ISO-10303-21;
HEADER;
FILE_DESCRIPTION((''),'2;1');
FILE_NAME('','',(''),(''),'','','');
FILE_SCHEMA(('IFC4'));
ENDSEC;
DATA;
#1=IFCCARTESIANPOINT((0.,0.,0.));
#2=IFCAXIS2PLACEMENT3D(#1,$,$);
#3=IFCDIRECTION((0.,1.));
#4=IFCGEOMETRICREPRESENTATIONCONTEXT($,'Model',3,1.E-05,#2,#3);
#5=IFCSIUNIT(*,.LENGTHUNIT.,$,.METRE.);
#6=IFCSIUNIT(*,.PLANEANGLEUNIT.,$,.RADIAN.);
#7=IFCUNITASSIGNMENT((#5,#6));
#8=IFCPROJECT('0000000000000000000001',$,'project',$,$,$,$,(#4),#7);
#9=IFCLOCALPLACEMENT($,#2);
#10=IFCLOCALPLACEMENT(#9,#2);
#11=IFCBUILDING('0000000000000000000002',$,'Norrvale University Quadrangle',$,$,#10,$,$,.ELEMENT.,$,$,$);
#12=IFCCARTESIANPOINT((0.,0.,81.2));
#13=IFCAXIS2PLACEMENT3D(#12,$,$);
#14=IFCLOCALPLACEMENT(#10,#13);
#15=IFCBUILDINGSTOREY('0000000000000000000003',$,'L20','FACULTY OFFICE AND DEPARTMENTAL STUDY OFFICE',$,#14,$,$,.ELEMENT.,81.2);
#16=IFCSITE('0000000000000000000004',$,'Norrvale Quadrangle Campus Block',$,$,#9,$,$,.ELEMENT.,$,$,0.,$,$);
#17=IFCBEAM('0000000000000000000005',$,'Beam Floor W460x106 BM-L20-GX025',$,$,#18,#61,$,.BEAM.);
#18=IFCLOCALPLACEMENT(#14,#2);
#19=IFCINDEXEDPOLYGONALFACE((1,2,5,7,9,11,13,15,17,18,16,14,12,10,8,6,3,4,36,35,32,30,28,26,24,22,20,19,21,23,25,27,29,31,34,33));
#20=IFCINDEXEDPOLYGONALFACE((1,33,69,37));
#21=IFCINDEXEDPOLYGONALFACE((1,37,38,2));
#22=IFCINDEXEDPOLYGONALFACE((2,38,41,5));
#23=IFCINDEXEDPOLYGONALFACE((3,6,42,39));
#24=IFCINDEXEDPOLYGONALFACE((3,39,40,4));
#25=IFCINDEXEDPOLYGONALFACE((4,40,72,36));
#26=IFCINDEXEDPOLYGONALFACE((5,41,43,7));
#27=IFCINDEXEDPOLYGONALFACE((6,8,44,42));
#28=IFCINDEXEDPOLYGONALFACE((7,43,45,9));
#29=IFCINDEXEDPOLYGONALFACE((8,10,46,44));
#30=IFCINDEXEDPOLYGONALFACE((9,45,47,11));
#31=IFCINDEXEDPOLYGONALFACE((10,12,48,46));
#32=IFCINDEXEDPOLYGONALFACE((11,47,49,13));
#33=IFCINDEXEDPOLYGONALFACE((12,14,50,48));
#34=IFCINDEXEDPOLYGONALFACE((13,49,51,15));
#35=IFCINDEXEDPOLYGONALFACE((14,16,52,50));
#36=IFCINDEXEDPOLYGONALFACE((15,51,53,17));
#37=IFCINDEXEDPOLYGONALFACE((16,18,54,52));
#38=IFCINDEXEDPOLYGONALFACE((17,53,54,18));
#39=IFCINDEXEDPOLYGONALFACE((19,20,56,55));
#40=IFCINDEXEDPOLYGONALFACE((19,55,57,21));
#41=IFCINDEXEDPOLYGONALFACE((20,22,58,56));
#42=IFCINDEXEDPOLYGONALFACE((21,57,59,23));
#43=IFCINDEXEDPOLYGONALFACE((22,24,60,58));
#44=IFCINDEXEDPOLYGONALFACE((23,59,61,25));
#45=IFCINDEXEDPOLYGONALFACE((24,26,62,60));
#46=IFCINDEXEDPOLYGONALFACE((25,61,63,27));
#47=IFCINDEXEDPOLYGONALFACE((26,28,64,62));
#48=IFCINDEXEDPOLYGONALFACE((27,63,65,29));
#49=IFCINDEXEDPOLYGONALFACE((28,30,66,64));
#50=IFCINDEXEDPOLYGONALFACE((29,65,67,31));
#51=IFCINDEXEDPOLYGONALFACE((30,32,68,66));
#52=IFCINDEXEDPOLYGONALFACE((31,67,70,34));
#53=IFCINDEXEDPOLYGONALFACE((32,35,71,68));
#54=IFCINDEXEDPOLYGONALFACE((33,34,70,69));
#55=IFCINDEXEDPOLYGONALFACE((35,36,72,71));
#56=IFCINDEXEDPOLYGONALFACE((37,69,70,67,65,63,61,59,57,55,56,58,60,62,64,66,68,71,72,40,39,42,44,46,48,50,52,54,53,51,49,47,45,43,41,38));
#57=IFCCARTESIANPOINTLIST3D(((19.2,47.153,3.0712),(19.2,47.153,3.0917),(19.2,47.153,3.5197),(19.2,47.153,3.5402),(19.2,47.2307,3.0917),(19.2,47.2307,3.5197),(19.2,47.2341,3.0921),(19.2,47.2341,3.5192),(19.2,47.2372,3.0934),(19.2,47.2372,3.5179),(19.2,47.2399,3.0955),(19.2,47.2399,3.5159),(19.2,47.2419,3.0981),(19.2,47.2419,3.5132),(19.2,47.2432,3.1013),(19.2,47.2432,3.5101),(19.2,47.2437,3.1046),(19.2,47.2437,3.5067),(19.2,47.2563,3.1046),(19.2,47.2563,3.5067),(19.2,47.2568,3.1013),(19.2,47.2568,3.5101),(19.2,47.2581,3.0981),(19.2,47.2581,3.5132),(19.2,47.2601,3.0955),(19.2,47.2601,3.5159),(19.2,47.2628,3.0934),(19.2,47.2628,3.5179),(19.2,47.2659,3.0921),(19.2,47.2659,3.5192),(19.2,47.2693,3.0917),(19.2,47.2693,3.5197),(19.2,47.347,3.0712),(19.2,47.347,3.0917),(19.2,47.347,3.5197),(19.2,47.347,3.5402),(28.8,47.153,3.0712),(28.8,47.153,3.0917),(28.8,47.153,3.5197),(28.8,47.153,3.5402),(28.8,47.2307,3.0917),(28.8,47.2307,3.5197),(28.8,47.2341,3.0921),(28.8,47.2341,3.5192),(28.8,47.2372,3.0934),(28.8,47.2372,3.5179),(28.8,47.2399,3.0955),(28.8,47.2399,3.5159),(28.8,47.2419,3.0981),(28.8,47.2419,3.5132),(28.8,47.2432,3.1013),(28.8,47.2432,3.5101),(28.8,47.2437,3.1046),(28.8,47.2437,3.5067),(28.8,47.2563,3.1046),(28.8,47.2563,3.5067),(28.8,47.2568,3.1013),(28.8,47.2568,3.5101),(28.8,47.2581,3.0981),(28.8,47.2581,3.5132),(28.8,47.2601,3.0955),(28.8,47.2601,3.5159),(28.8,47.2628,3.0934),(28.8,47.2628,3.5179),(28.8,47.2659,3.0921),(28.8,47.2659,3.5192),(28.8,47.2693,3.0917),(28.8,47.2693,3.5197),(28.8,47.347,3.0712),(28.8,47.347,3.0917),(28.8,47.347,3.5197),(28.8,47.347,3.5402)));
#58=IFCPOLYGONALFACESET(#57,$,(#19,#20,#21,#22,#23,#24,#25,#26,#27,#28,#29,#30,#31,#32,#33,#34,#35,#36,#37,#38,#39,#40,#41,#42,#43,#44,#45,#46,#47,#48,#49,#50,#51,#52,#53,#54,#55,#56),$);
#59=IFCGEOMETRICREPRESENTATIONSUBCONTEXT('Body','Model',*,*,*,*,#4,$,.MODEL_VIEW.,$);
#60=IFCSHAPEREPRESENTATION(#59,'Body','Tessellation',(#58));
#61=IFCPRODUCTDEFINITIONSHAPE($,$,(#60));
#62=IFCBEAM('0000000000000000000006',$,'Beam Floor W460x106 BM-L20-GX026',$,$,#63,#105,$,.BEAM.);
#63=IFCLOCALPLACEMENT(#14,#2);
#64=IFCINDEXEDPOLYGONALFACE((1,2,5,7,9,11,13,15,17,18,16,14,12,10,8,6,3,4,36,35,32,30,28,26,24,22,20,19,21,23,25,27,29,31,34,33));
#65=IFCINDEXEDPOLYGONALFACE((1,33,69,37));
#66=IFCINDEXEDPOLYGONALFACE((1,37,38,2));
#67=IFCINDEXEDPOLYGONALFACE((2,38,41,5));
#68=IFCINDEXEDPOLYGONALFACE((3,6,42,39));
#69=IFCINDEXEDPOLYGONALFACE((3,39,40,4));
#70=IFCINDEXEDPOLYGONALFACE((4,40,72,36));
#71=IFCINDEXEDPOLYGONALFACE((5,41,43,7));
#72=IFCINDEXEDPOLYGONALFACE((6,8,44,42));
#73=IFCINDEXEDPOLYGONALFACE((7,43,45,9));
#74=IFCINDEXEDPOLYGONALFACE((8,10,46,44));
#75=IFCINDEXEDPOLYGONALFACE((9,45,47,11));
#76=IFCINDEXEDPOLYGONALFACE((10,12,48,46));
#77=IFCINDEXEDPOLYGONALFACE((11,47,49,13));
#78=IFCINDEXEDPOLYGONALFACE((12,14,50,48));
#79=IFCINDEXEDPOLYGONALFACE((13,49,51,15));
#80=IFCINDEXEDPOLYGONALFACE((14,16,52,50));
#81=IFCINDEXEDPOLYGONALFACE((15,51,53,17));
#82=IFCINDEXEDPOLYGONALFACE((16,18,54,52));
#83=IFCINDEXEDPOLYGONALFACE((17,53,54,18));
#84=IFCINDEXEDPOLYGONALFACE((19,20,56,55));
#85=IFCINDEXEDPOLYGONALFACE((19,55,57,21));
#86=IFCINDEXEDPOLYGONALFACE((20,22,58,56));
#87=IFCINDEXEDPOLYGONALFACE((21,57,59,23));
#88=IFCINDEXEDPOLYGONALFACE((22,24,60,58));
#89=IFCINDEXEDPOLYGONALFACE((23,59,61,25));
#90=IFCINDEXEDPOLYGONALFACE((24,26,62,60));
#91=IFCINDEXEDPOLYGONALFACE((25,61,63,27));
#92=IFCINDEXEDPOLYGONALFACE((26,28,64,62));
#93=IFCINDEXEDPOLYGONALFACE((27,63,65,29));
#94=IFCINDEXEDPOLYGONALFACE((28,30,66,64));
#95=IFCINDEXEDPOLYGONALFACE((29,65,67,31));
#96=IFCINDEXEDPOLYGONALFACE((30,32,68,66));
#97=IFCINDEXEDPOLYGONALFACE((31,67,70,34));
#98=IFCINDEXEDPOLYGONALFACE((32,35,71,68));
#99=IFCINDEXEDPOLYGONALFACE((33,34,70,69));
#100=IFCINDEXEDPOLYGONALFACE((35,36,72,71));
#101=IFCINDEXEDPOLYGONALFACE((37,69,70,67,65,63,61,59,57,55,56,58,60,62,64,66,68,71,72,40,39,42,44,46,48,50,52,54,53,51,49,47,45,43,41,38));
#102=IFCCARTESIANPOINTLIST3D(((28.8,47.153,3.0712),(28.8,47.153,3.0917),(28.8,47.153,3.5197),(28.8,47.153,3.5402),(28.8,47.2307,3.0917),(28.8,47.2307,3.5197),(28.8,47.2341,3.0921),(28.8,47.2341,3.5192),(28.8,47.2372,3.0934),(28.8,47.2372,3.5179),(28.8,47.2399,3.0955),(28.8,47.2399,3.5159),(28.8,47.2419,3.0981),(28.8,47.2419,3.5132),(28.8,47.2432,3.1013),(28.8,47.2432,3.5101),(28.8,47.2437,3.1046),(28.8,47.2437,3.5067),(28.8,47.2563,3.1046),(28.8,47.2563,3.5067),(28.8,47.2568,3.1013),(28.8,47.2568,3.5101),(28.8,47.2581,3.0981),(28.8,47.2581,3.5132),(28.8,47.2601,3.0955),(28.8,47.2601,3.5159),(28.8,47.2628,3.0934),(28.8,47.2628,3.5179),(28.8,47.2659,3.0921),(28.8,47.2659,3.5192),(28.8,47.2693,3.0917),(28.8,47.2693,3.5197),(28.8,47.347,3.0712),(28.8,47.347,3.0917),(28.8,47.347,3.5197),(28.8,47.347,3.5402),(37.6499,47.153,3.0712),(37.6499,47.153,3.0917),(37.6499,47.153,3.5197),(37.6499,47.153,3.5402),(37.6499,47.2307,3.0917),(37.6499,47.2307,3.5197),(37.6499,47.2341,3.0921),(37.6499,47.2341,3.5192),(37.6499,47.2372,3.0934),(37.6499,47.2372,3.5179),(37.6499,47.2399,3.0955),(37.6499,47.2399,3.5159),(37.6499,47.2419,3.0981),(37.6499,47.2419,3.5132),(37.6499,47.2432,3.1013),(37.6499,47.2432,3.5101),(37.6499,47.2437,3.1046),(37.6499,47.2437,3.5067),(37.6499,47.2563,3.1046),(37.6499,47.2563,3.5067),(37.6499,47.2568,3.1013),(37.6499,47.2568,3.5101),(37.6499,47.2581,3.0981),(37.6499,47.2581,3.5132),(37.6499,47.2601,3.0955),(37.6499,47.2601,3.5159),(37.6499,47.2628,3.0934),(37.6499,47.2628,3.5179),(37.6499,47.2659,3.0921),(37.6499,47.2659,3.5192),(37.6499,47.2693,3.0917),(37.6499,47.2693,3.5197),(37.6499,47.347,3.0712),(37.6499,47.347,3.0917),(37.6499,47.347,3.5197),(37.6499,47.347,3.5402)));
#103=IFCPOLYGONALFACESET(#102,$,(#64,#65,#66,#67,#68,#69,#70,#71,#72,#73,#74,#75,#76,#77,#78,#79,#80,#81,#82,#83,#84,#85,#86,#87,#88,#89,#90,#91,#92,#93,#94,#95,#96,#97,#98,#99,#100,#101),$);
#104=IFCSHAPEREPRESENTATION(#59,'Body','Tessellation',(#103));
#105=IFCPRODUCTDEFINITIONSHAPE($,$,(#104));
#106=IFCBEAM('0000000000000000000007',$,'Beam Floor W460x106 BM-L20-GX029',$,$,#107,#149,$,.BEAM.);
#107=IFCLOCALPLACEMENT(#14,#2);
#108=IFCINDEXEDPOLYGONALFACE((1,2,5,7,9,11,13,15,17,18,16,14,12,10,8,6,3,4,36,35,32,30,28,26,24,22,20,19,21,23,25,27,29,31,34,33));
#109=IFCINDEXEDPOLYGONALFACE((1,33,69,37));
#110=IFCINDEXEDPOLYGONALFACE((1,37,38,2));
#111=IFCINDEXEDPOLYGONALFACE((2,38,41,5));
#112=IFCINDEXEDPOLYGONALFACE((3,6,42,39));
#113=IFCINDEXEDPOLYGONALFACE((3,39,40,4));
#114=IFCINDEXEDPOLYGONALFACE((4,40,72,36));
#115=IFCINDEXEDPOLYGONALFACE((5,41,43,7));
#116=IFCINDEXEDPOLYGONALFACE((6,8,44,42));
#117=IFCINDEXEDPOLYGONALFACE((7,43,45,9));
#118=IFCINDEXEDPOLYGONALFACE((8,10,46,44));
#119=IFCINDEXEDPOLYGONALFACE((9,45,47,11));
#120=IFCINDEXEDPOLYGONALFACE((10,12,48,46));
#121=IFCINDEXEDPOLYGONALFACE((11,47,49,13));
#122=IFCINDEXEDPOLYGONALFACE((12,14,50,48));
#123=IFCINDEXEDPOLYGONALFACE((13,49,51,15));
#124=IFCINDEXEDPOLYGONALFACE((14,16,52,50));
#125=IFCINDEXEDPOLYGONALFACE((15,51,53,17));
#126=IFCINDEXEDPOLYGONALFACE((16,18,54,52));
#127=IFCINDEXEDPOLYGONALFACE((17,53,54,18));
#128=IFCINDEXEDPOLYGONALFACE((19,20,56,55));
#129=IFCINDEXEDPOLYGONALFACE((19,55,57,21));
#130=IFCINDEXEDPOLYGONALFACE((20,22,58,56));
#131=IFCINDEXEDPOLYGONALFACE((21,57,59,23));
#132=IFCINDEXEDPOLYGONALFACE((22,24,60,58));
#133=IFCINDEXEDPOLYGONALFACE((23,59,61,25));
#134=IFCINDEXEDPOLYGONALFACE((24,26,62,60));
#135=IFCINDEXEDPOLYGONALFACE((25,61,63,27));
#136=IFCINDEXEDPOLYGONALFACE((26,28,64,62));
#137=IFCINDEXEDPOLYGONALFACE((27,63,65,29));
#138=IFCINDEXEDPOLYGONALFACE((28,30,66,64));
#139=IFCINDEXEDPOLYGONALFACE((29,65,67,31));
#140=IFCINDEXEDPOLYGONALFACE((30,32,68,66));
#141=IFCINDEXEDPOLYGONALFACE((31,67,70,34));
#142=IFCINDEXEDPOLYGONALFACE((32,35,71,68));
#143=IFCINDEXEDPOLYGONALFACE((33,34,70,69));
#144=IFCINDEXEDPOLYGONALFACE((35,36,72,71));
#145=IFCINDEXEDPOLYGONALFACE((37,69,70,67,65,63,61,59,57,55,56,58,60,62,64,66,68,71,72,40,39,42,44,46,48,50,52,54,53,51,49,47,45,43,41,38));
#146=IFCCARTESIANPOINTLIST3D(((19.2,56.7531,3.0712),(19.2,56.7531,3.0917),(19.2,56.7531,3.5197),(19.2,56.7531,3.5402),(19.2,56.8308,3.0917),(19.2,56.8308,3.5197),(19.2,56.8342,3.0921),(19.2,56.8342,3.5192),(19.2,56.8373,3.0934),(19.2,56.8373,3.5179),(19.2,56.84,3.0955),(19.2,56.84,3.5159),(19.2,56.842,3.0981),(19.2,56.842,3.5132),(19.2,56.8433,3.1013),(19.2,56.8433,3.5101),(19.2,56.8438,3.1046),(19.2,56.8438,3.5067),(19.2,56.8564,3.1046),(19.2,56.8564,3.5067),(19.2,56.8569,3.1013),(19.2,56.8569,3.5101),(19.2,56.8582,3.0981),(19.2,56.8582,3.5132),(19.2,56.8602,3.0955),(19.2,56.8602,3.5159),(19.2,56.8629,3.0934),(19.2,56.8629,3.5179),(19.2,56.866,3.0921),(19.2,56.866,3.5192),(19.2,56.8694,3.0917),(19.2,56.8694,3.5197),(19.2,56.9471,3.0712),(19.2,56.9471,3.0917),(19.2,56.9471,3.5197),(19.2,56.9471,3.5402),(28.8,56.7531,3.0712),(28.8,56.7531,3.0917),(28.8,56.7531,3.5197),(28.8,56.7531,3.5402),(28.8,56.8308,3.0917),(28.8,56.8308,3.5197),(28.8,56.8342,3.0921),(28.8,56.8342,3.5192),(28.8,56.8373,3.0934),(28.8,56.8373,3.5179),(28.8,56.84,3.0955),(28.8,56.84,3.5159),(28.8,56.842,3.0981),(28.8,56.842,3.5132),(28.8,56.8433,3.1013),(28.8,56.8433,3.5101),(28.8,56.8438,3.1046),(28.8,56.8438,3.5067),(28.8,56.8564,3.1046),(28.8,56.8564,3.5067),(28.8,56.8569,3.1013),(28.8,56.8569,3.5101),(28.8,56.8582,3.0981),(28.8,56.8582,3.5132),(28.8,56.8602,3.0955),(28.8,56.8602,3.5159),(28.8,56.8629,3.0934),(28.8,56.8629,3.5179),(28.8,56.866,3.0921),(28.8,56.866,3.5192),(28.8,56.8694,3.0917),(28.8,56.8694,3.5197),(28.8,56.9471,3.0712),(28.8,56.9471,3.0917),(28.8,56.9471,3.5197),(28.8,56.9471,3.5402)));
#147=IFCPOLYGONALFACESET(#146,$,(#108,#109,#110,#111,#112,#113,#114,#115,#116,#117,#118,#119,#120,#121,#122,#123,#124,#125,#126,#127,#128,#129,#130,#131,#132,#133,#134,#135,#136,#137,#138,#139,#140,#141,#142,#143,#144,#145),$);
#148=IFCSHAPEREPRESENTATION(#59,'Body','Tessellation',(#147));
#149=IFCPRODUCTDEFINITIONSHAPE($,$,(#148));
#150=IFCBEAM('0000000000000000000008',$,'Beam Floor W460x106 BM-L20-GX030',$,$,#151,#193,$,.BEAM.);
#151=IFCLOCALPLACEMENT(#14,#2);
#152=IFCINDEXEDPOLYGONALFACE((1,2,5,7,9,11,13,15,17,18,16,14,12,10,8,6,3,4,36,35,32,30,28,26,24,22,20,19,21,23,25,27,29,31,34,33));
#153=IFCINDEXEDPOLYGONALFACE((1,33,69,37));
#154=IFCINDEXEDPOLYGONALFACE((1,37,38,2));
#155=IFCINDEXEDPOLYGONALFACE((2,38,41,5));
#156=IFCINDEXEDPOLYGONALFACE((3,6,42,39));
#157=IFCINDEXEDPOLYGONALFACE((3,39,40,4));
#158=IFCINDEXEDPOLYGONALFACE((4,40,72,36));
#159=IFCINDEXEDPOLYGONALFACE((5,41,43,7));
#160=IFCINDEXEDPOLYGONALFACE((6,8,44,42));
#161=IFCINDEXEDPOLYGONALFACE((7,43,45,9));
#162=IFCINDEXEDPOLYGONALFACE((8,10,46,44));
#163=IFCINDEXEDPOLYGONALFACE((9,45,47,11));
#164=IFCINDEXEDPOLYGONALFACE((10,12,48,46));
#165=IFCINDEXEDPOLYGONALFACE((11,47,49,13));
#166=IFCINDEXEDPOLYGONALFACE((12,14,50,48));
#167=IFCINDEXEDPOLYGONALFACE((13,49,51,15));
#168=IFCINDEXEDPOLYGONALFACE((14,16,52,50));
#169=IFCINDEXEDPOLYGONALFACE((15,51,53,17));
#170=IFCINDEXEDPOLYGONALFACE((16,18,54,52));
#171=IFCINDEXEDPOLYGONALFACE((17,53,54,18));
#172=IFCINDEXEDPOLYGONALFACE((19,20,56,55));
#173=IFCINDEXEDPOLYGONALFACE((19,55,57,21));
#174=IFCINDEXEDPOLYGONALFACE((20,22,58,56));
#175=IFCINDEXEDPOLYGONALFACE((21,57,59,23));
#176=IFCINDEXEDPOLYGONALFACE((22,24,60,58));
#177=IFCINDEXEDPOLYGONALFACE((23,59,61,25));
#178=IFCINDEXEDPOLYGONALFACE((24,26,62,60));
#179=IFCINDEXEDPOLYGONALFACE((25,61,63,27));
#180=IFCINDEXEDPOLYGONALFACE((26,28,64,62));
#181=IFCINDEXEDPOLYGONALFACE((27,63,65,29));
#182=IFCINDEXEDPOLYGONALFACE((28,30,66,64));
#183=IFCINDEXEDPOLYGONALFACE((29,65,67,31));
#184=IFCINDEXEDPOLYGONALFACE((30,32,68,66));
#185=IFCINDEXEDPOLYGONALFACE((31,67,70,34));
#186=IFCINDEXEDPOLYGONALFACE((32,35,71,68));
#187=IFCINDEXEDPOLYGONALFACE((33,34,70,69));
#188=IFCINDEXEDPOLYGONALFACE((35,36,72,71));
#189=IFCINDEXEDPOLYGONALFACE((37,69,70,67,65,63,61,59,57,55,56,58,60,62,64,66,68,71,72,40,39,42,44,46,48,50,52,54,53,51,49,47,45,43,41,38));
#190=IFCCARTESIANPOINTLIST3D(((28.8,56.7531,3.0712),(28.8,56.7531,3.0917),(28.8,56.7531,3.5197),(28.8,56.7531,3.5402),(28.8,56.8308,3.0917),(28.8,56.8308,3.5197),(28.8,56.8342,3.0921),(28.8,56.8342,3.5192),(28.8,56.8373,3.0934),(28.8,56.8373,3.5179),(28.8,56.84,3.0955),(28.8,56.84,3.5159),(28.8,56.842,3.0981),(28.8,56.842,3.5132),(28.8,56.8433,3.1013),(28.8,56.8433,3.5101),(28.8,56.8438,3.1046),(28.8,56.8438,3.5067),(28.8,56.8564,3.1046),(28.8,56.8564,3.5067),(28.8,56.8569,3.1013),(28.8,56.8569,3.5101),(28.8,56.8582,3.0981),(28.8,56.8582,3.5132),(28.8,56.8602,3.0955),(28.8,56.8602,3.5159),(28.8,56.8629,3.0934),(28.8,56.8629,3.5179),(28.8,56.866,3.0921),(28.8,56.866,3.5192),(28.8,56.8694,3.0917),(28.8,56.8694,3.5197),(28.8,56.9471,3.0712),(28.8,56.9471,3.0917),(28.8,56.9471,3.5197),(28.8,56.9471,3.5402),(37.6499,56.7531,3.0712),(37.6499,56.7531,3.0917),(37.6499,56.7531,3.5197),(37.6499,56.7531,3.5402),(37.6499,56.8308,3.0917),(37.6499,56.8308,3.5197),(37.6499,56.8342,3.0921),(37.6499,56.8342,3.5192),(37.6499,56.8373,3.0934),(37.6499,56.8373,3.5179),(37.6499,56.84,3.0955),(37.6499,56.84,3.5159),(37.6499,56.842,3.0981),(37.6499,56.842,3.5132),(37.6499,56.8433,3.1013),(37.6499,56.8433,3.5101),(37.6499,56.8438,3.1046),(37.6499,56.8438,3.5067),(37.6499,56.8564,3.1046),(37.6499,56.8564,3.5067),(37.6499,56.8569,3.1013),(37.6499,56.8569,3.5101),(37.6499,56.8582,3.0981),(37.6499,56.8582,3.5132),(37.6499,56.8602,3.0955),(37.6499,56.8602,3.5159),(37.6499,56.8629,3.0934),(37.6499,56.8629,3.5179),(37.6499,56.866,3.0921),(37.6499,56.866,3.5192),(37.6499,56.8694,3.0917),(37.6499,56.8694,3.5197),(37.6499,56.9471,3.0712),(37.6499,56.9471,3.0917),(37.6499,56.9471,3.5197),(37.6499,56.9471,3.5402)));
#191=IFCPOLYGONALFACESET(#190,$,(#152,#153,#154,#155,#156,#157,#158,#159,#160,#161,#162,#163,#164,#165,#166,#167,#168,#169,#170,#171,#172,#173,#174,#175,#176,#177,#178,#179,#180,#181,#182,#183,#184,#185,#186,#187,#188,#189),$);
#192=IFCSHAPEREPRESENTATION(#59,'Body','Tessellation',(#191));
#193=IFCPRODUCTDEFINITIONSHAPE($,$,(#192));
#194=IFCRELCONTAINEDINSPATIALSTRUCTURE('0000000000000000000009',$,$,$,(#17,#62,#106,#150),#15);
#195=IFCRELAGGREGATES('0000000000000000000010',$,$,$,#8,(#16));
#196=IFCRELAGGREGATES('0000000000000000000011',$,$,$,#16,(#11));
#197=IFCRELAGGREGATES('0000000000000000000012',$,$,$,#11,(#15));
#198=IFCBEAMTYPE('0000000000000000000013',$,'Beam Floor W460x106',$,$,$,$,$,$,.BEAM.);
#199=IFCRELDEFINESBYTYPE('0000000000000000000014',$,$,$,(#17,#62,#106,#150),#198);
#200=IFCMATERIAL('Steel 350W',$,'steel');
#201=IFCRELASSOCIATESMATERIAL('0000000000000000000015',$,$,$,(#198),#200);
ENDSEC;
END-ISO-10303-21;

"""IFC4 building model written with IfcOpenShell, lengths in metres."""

from ifc_helpers import new_model, si_unit, direction, frame, origin, origin_2d, place, context, subcontext, project, spatial, i_section, extrude, material, material_profile, profile_set, type_object, element, save


model = new_model("IFC4")

# Units and contexts
model_context = context("Model", 3, precision=1e-05, world=origin(), true_north=direction((0.0, 1.0)))
body_context = subcontext(model_context, "Body", "Model", "MODEL_VIEW")
ifc_project = project(units=[si_unit("LENGTHUNIT", "METRE"), si_unit("PLANEANGLEUNIT", "RADIAN")], contexts=[model_context])

# Site, building, storey
site_placement = place(None, origin())
site = spatial("IfcSite", under=ifc_project, at=site_placement, Name="Norrvale Quadrangle Campus Block", CompositionType="ELEMENT", RefElevation=0.0)
building_placement = place(site_placement, origin())
building = spatial("IfcBuilding", under=site, at=building_placement, Name="Norrvale University Quadrangle", CompositionType="ELEMENT")
storey_placement = place(building_placement, frame((0.0, 0.0, 81.2)))
storey = spatial("IfcBuildingStorey", under=building, at=storey_placement, Name="L20", Description="FACULTY OFFICE AND DEPARTMENTAL STUDY OFFICE", CompositionType="ELEMENT", Elevation=81.2)

# Beams
ifc_material_1 = material(Name="Steel 350W", Category="steel")
ifc_material_profile_1 = material_profile(ifc_material_1, i_section(OverallWidth=0.1941, OverallDepth=0.469, WebThickness=0.0127, FlangeThickness=0.0205, FilletRadius=0.0129, at=origin_2d()), Name="Steel 350W")
ifc_profile_set_1 = profile_set([ifc_material_profile_1], Name="Steel 350W")
beam_type_1 = type_object("IfcBeamType", Name="Beam Floor W460x106", PredefinedType="BEAM", material=ifc_profile_set_1)
beam_1_placement = place(storey_placement, frame((19.2, 47.25, 3.3057), z_axis=(1.0, 0.0, 0.0), x_axis=(0.0, 1.0, 0.0)))
element("IfcBeam", 1, at=beam_1_placement, inside=storey, type_object=beam_type_1, Name="Beam Floor W460x106 BM-L20-GX025", PredefinedType="BEAM", context=body_context, shape_type="SweptSolid", body=[
    extrude(i_section(OverallWidth=0.1941, OverallDepth=0.469, WebThickness=0.0127, FlangeThickness=0.0205, FilletRadius=0.0129, at=origin_2d()), origin(), (0.0, 0.0, 1.0), 9.6001),
])
beam_2_placement = place(storey_placement, frame((28.8, 47.25, 3.3057), z_axis=(1.0, 0.0, 0.0), x_axis=(0.0, 1.0, 0.0)))
element("IfcBeam", 2, at=beam_2_placement, inside=storey, type_object=beam_type_1, Name="Beam Floor W460x106 BM-L20-GX026", PredefinedType="BEAM", context=body_context, shape_type="SweptSolid", body=[
    extrude(i_section(OverallWidth=0.1941, OverallDepth=0.469, WebThickness=0.0127, FlangeThickness=0.0205, FilletRadius=0.0129, at=origin_2d()), origin(), (0.0, 0.0, 1.0), 8.8499),
])
beam_3_placement = place(storey_placement, frame((19.2, 56.8501, 3.3057), z_axis=(1.0, 0.0, 0.0), x_axis=(0.0, 1.0, 0.0)))
element("IfcBeam", 3, at=beam_3_placement, inside=storey, type_object=beam_type_1, Name="Beam Floor W460x106 BM-L20-GX029", PredefinedType="BEAM", context=body_context, shape_type="SweptSolid", body=[
    extrude(i_section(OverallWidth=0.1941, OverallDepth=0.469, WebThickness=0.0127, FlangeThickness=0.0205, FilletRadius=0.0129, at=origin_2d()), origin(), (0.0, 0.0, 1.0), 9.6001),
])
beam_4_placement = place(storey_placement, frame((28.8, 56.8501, 3.3057), z_axis=(1.0, 0.0, 0.0), x_axis=(0.0, 1.0, 0.0)))
element("IfcBeam", 4, at=beam_4_placement, inside=storey, type_object=beam_type_1, Name="Beam Floor W460x106 BM-L20-GX030", PredefinedType="BEAM", context=body_context, shape_type="SweptSolid", body=[
    extrude(i_section(OverallWidth=0.1941, OverallDepth=0.469, WebThickness=0.0127, FlangeThickness=0.0205, FilletRadius=0.0129, at=origin_2d()), origin(), (0.0, 0.0, 1.0), 8.8499),
])

save(model, "model.ifc")
